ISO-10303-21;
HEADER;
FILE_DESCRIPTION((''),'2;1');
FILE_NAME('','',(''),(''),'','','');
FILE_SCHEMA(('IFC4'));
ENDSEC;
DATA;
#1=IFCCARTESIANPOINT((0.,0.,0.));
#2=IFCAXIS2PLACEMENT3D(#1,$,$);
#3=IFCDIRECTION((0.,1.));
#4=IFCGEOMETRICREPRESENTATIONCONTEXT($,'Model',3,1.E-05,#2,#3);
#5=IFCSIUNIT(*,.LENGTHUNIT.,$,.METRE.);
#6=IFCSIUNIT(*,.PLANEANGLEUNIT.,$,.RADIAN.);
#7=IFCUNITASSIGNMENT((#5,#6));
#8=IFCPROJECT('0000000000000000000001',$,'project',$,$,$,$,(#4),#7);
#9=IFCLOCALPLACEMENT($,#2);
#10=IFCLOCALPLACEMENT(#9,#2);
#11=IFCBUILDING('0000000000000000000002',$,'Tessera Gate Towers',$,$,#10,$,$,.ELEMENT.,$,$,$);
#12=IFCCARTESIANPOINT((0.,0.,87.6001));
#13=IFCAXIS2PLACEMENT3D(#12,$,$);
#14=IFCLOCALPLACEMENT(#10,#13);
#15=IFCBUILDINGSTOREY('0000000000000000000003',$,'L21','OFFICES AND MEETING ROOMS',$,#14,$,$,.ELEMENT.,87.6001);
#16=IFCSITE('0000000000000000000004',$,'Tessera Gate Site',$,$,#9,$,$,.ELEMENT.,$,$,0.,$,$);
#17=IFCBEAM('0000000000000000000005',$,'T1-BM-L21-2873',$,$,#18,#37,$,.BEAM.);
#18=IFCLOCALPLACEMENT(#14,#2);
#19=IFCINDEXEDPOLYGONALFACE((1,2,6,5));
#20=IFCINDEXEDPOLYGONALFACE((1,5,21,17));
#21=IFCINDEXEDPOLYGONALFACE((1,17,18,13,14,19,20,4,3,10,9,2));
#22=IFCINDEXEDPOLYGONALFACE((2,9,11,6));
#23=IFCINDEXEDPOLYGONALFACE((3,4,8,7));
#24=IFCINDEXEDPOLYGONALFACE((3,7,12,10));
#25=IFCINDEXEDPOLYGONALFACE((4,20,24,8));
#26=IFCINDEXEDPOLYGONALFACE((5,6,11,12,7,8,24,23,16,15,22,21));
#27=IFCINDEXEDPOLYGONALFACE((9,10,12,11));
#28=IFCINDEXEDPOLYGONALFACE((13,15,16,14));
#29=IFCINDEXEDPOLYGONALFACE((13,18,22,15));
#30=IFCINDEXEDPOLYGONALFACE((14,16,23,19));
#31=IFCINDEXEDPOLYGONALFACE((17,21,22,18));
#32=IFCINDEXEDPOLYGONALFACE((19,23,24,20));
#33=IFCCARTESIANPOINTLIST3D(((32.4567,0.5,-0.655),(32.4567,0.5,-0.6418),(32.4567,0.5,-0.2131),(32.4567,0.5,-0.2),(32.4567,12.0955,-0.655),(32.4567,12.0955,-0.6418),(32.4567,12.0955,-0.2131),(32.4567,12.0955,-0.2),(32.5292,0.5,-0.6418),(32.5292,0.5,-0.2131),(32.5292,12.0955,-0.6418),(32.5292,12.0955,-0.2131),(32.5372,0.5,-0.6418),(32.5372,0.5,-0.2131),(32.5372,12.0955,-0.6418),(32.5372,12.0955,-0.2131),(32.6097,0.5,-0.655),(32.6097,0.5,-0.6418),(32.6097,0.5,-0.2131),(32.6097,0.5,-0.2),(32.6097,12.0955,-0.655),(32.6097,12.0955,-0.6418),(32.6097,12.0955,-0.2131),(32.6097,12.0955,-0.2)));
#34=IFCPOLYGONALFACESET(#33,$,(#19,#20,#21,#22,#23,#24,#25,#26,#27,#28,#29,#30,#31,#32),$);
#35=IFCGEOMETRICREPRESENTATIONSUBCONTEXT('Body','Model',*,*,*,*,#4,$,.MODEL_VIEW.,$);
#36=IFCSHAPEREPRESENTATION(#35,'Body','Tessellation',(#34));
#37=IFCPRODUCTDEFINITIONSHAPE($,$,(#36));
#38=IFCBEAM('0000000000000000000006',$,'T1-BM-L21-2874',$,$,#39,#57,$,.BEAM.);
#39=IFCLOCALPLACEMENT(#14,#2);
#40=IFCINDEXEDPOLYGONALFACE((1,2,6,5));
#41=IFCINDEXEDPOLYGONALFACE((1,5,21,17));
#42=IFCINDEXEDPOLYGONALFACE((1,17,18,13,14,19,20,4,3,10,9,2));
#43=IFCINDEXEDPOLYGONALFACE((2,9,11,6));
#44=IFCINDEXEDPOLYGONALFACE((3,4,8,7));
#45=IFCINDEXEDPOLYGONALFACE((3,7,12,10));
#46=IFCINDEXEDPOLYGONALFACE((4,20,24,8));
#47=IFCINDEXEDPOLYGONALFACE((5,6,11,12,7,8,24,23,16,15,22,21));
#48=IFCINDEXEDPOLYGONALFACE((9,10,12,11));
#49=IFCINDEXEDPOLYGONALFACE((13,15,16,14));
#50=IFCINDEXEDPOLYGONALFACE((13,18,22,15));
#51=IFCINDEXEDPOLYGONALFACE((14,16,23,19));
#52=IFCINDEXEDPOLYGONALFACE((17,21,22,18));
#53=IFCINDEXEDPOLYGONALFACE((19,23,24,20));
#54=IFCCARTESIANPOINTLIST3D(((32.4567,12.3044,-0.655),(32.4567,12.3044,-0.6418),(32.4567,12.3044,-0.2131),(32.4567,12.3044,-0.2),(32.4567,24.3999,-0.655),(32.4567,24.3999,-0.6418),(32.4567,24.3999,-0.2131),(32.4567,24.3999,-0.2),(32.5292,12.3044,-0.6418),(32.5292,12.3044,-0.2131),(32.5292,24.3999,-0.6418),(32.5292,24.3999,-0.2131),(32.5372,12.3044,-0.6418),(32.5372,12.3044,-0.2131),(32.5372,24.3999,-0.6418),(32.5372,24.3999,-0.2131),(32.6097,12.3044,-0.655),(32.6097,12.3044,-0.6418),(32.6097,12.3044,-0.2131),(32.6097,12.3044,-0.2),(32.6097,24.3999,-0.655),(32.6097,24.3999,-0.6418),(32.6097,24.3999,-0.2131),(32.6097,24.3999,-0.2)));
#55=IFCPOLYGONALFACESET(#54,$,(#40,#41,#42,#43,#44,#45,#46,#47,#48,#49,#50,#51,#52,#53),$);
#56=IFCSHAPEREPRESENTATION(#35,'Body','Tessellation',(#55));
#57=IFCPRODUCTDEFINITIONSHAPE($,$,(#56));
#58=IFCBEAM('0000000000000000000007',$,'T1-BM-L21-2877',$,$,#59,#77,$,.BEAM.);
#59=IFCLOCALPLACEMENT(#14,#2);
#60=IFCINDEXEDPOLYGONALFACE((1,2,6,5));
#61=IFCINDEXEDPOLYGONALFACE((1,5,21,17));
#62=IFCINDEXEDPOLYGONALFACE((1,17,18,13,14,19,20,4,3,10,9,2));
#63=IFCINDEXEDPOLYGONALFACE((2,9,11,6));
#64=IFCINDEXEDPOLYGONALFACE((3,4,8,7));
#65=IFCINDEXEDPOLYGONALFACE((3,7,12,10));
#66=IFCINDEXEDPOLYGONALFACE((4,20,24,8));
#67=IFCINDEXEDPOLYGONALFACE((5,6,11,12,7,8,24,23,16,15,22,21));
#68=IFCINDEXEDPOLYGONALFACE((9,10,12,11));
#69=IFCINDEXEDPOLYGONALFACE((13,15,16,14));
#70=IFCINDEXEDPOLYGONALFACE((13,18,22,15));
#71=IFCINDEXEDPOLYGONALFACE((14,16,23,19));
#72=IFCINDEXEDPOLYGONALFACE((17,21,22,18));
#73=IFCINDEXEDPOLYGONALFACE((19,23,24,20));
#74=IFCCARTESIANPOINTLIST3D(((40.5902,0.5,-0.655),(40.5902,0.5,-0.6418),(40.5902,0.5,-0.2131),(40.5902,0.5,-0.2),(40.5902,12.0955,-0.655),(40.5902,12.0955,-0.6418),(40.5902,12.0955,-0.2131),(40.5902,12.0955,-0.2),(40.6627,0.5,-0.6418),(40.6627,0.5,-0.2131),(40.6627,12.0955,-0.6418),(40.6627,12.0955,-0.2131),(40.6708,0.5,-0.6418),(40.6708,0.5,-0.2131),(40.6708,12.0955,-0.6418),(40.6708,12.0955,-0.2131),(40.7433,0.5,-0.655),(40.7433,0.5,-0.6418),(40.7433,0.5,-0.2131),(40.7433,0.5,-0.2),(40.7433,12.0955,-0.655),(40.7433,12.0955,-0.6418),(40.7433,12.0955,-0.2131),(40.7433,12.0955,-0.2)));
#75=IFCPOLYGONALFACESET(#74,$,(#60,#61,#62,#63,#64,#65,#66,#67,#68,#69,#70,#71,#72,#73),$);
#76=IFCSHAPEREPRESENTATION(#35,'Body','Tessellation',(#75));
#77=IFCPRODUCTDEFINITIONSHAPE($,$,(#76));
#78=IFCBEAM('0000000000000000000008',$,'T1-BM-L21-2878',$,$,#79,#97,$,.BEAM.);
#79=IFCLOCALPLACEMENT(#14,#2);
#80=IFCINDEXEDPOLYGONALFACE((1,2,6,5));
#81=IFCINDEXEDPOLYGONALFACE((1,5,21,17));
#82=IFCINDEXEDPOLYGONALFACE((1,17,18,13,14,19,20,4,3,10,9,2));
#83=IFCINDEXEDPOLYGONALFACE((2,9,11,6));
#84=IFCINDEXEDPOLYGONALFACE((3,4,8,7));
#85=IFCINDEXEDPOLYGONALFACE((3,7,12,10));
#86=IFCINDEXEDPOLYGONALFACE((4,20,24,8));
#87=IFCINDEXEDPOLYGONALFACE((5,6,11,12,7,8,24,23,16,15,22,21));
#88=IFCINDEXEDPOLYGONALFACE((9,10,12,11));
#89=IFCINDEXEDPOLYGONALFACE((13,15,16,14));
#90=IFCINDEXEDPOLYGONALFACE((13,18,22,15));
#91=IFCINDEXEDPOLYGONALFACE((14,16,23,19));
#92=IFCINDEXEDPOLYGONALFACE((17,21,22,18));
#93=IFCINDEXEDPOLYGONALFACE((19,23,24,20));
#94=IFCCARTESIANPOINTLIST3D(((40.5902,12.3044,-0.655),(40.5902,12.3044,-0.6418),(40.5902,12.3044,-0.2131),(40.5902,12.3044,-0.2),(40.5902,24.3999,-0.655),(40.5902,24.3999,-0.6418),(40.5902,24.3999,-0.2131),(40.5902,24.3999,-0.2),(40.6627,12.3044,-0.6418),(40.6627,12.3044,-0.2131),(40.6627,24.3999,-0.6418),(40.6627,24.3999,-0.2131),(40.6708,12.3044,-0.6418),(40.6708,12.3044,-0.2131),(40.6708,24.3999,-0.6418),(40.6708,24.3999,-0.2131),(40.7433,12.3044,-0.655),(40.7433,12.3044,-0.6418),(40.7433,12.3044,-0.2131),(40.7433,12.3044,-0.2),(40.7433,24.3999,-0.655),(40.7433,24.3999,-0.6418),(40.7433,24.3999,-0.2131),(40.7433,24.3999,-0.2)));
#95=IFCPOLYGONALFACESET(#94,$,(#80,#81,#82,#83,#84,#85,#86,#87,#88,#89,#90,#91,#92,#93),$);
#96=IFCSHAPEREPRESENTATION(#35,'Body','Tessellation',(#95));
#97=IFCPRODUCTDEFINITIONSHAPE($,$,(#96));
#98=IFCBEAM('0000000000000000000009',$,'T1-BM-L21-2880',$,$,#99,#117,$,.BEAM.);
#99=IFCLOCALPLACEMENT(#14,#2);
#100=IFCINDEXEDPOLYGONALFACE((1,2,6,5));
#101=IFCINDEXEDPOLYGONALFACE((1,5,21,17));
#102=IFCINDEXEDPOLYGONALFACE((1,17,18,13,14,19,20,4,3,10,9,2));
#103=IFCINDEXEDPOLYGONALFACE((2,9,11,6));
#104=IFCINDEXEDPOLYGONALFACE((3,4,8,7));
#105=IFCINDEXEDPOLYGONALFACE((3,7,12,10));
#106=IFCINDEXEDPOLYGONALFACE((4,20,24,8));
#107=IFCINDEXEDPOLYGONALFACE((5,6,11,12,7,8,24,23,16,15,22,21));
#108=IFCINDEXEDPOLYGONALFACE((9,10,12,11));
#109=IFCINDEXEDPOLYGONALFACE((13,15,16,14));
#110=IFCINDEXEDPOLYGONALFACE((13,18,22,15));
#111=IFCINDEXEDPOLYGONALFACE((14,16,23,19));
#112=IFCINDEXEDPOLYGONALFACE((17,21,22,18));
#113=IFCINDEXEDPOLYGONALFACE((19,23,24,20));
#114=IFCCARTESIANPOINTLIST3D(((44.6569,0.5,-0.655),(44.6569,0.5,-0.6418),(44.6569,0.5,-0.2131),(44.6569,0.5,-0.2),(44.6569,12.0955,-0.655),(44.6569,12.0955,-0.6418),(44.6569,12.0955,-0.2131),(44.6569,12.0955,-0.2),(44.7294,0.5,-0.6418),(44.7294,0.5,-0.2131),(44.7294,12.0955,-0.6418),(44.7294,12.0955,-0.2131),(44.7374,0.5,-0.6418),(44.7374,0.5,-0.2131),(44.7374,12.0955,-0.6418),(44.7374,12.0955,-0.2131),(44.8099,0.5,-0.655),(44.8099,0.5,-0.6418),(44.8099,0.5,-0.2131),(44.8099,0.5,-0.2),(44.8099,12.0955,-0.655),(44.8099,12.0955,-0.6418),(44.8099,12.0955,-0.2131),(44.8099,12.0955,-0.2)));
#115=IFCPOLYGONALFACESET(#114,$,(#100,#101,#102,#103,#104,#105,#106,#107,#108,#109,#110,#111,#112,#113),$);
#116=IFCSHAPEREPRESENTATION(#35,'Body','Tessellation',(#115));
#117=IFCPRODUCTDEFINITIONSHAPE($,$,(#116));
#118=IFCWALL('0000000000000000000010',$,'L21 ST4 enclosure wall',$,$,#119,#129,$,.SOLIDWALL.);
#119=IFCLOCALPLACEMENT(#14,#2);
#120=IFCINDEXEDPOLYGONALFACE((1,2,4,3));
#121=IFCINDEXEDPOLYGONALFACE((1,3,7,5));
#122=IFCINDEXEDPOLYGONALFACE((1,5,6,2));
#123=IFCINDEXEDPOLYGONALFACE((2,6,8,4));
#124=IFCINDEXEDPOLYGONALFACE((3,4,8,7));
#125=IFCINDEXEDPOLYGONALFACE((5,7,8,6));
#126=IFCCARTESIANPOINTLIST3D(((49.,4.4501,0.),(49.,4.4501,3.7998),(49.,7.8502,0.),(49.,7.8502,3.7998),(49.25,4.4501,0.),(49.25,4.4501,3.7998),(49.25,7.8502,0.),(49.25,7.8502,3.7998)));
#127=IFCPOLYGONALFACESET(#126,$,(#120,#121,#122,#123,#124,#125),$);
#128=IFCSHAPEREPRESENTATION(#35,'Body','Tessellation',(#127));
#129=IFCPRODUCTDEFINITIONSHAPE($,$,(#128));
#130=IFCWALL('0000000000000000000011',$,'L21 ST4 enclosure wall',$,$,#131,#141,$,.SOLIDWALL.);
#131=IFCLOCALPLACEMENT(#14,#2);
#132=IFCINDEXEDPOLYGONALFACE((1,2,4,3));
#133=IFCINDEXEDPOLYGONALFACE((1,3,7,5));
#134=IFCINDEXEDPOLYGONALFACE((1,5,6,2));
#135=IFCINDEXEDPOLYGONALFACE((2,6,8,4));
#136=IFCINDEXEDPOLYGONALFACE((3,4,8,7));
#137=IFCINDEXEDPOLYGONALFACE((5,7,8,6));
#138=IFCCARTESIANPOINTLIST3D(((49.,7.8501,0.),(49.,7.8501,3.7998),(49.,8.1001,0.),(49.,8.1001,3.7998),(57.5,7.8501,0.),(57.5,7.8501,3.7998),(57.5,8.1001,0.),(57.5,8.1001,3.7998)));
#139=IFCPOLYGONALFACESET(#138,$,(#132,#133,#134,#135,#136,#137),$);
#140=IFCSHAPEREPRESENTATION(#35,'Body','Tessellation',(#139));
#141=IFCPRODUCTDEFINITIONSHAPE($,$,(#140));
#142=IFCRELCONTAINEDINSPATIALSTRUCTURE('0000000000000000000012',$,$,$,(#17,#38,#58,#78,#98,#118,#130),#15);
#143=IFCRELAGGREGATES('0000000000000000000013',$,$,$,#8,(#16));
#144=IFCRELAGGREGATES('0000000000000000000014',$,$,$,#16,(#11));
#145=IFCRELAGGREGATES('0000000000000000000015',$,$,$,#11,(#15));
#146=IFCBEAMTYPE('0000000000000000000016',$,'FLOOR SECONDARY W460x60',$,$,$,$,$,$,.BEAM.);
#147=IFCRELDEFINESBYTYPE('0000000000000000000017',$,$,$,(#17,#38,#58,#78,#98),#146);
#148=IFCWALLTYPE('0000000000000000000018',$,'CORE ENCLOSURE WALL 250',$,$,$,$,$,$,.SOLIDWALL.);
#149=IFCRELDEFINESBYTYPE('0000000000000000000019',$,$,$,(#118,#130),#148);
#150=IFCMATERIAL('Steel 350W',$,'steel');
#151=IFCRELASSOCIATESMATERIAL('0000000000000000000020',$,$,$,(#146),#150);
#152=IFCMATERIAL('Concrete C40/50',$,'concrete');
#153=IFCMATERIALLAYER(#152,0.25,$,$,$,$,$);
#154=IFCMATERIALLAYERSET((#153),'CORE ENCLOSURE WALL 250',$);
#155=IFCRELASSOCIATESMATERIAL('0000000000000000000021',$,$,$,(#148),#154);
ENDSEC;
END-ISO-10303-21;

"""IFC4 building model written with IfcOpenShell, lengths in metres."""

from ifc_helpers import new_model, si_unit, direction, frame, frame_2d, origin, origin_2d, place, context, subcontext, project, spatial, rectangle, i_section, extrude, material, layer, layer_set, material_profile, profile_set, type_object, element, save


model = new_model("IFC4")

# Units and contexts
model_context = context("Model", 3, precision=1e-05, world=origin(), true_north=direction((0.0, 1.0)))
body_context = subcontext(model_context, "Body", "Model", "MODEL_VIEW")
ifc_project = project(units=[si_unit("LENGTHUNIT", "METRE"), si_unit("PLANEANGLEUNIT", "RADIAN")], contexts=[model_context])

# Site, building, storey
site_placement = place(None, origin())
site = spatial("IfcSite", under=ifc_project, at=site_placement, Name="Tessera Gate Site", CompositionType="ELEMENT", RefElevation=0.0)
building_placement = place(site_placement, origin())
building = spatial("IfcBuilding", under=site, at=building_placement, Name="Tessera Gate Towers", CompositionType="ELEMENT")
storey_placement = place(building_placement, frame((0.0, 0.0, 87.6001)))
storey = spatial("IfcBuildingStorey", under=building, at=storey_placement, Name="L21", Description="OFFICES AND MEETING ROOMS", CompositionType="ELEMENT", Elevation=87.6001)

# Beams
ifc_material_1 = material(Name="Steel 350W", Category="steel")
ifc_material_profile_1 = material_profile(ifc_material_1, i_section(OverallWidth=0.1531, OverallDepth=0.4551, WebThickness=0.0081, FlangeThickness=0.0132, at=origin_2d()), Name="W460x60")
ifc_profile_set_1 = profile_set([ifc_material_profile_1], Name="Steel 350W")
beam_type_1 = type_object("IfcBeamType", Name="FLOOR SECONDARY W460x60", PredefinedType="BEAM", material=ifc_profile_set_1)
beam_1_placement = place(storey_placement, frame((32.5332, 0.5, -0.4275), z_axis=(0.0, 1.0, 0.0), x_axis=(-1.0, 0.0, 0.0)))
element("IfcBeam", 1, at=beam_1_placement, inside=storey, type_object=beam_type_1, Name="T1-BM-L21-2873", PredefinedType="BEAM", context=body_context, shape_type="SweptSolid", body=[
    extrude(i_section(OverallWidth=0.1531, OverallDepth=0.4551, WebThickness=0.0081, FlangeThickness=0.0132, at=origin_2d()), origin(), (0.0, 0.0, 1.0), 11.5955),
])
beam_2_placement = place(storey_placement, frame((32.5332, 12.3044, -0.4275), z_axis=(0.0, 1.0, 0.0), x_axis=(-1.0, 0.0, 0.0)))
element("IfcBeam", 2, at=beam_2_placement, inside=storey, type_object=beam_type_1, Name="T1-BM-L21-2874", PredefinedType="BEAM", context=body_context, shape_type="SweptSolid", body=[
    extrude(i_section(OverallWidth=0.1531, OverallDepth=0.4551, WebThickness=0.0081, FlangeThickness=0.0132, at=origin_2d()), origin(), (0.0, 0.0, 1.0), 12.0955),
])
beam_3_placement = place(storey_placement, frame((40.6667, 0.5, -0.4275), z_axis=(0.0, 1.0, 0.0), x_axis=(-1.0, 0.0, 0.0)))
element("IfcBeam", 3, at=beam_3_placement, inside=storey, type_object=beam_type_1, Name="T1-BM-L21-2877", PredefinedType="BEAM", context=body_context, shape_type="SweptSolid", body=[
    extrude(i_section(OverallWidth=0.1531, OverallDepth=0.4551, WebThickness=0.0081, FlangeThickness=0.0132, at=origin_2d()), origin(), (0.0, 0.0, 1.0), 11.5955),
])
beam_4_placement = place(storey_placement, frame((40.6667, 12.3044, -0.4275), z_axis=(0.0, 1.0, 0.0), x_axis=(-1.0, 0.0, 0.0)))
element("IfcBeam", 4, at=beam_4_placement, inside=storey, type_object=beam_type_1, Name="T1-BM-L21-2878", PredefinedType="BEAM", context=body_context, shape_type="SweptSolid", body=[
    extrude(i_section(OverallWidth=0.1531, OverallDepth=0.4551, WebThickness=0.0081, FlangeThickness=0.0132, at=origin_2d()), origin(), (0.0, 0.0, 1.0), 12.0955),
])
beam_5_placement = place(storey_placement, frame((44.7334, 0.5, -0.4275), z_axis=(0.0, 1.0, 0.0), x_axis=(-1.0, 0.0, 0.0)))
element("IfcBeam", 5, at=beam_5_placement, inside=storey, type_object=beam_type_1, Name="T1-BM-L21-2880", PredefinedType="BEAM", context=body_context, shape_type="SweptSolid", body=[
    extrude(i_section(OverallWidth=0.1531, OverallDepth=0.4551, WebThickness=0.0081, FlangeThickness=0.0132, at=origin_2d()), origin(), (0.0, 0.0, 1.0), 11.5955),
])

# Walls
ifc_material_2 = material(Name="Concrete C40/50", Category="concrete")
ifc_layer_1 = layer(ifc_material_2, 0.25)
ifc_layer_set_1 = layer_set([ifc_layer_1], Name="CORE ENCLOSURE WALL 250")
wall_type_1 = type_object("IfcWallType", Name="CORE ENCLOSURE WALL 250", PredefinedType="SOLIDWALL", material=ifc_layer_set_1)
wall_1_placement = place(storey_placement, frame((49.125, 4.45, 0.0), z_axis=(0.0, 0.0, 1.0), x_axis=(0.0, 1.0, 0.0)))
element("IfcWall", 6, at=wall_1_placement, inside=storey, type_object=wall_type_1, Name="L21 ST4 enclosure wall", PredefinedType="SOLIDWALL", context=body_context, shape_type="SweptSolid", body=[
    extrude(rectangle(XDim=3.4001, YDim=0.25, at=frame_2d((1.7002, 0.0))), origin(), (0.0, 0.0, 1.0), 3.7998),
])
wall_2_placement = place(storey_placement, frame((49.0, 7.9751, 0.0), z_axis=(0.0, 0.0, 1.0), x_axis=(1.0, 0.0, 0.0)))
element("IfcWall", 7, at=wall_2_placement, inside=storey, type_object=wall_type_1, Name="L21 ST4 enclosure wall", PredefinedType="SOLIDWALL", context=body_context, shape_type="SweptSolid", body=[
    extrude(rectangle(XDim=8.5, YDim=0.25, at=frame_2d((4.25, 0.0))), origin(), (0.0, 0.0, 1.0), 3.7998),
])

save(model, "model.ifc")
